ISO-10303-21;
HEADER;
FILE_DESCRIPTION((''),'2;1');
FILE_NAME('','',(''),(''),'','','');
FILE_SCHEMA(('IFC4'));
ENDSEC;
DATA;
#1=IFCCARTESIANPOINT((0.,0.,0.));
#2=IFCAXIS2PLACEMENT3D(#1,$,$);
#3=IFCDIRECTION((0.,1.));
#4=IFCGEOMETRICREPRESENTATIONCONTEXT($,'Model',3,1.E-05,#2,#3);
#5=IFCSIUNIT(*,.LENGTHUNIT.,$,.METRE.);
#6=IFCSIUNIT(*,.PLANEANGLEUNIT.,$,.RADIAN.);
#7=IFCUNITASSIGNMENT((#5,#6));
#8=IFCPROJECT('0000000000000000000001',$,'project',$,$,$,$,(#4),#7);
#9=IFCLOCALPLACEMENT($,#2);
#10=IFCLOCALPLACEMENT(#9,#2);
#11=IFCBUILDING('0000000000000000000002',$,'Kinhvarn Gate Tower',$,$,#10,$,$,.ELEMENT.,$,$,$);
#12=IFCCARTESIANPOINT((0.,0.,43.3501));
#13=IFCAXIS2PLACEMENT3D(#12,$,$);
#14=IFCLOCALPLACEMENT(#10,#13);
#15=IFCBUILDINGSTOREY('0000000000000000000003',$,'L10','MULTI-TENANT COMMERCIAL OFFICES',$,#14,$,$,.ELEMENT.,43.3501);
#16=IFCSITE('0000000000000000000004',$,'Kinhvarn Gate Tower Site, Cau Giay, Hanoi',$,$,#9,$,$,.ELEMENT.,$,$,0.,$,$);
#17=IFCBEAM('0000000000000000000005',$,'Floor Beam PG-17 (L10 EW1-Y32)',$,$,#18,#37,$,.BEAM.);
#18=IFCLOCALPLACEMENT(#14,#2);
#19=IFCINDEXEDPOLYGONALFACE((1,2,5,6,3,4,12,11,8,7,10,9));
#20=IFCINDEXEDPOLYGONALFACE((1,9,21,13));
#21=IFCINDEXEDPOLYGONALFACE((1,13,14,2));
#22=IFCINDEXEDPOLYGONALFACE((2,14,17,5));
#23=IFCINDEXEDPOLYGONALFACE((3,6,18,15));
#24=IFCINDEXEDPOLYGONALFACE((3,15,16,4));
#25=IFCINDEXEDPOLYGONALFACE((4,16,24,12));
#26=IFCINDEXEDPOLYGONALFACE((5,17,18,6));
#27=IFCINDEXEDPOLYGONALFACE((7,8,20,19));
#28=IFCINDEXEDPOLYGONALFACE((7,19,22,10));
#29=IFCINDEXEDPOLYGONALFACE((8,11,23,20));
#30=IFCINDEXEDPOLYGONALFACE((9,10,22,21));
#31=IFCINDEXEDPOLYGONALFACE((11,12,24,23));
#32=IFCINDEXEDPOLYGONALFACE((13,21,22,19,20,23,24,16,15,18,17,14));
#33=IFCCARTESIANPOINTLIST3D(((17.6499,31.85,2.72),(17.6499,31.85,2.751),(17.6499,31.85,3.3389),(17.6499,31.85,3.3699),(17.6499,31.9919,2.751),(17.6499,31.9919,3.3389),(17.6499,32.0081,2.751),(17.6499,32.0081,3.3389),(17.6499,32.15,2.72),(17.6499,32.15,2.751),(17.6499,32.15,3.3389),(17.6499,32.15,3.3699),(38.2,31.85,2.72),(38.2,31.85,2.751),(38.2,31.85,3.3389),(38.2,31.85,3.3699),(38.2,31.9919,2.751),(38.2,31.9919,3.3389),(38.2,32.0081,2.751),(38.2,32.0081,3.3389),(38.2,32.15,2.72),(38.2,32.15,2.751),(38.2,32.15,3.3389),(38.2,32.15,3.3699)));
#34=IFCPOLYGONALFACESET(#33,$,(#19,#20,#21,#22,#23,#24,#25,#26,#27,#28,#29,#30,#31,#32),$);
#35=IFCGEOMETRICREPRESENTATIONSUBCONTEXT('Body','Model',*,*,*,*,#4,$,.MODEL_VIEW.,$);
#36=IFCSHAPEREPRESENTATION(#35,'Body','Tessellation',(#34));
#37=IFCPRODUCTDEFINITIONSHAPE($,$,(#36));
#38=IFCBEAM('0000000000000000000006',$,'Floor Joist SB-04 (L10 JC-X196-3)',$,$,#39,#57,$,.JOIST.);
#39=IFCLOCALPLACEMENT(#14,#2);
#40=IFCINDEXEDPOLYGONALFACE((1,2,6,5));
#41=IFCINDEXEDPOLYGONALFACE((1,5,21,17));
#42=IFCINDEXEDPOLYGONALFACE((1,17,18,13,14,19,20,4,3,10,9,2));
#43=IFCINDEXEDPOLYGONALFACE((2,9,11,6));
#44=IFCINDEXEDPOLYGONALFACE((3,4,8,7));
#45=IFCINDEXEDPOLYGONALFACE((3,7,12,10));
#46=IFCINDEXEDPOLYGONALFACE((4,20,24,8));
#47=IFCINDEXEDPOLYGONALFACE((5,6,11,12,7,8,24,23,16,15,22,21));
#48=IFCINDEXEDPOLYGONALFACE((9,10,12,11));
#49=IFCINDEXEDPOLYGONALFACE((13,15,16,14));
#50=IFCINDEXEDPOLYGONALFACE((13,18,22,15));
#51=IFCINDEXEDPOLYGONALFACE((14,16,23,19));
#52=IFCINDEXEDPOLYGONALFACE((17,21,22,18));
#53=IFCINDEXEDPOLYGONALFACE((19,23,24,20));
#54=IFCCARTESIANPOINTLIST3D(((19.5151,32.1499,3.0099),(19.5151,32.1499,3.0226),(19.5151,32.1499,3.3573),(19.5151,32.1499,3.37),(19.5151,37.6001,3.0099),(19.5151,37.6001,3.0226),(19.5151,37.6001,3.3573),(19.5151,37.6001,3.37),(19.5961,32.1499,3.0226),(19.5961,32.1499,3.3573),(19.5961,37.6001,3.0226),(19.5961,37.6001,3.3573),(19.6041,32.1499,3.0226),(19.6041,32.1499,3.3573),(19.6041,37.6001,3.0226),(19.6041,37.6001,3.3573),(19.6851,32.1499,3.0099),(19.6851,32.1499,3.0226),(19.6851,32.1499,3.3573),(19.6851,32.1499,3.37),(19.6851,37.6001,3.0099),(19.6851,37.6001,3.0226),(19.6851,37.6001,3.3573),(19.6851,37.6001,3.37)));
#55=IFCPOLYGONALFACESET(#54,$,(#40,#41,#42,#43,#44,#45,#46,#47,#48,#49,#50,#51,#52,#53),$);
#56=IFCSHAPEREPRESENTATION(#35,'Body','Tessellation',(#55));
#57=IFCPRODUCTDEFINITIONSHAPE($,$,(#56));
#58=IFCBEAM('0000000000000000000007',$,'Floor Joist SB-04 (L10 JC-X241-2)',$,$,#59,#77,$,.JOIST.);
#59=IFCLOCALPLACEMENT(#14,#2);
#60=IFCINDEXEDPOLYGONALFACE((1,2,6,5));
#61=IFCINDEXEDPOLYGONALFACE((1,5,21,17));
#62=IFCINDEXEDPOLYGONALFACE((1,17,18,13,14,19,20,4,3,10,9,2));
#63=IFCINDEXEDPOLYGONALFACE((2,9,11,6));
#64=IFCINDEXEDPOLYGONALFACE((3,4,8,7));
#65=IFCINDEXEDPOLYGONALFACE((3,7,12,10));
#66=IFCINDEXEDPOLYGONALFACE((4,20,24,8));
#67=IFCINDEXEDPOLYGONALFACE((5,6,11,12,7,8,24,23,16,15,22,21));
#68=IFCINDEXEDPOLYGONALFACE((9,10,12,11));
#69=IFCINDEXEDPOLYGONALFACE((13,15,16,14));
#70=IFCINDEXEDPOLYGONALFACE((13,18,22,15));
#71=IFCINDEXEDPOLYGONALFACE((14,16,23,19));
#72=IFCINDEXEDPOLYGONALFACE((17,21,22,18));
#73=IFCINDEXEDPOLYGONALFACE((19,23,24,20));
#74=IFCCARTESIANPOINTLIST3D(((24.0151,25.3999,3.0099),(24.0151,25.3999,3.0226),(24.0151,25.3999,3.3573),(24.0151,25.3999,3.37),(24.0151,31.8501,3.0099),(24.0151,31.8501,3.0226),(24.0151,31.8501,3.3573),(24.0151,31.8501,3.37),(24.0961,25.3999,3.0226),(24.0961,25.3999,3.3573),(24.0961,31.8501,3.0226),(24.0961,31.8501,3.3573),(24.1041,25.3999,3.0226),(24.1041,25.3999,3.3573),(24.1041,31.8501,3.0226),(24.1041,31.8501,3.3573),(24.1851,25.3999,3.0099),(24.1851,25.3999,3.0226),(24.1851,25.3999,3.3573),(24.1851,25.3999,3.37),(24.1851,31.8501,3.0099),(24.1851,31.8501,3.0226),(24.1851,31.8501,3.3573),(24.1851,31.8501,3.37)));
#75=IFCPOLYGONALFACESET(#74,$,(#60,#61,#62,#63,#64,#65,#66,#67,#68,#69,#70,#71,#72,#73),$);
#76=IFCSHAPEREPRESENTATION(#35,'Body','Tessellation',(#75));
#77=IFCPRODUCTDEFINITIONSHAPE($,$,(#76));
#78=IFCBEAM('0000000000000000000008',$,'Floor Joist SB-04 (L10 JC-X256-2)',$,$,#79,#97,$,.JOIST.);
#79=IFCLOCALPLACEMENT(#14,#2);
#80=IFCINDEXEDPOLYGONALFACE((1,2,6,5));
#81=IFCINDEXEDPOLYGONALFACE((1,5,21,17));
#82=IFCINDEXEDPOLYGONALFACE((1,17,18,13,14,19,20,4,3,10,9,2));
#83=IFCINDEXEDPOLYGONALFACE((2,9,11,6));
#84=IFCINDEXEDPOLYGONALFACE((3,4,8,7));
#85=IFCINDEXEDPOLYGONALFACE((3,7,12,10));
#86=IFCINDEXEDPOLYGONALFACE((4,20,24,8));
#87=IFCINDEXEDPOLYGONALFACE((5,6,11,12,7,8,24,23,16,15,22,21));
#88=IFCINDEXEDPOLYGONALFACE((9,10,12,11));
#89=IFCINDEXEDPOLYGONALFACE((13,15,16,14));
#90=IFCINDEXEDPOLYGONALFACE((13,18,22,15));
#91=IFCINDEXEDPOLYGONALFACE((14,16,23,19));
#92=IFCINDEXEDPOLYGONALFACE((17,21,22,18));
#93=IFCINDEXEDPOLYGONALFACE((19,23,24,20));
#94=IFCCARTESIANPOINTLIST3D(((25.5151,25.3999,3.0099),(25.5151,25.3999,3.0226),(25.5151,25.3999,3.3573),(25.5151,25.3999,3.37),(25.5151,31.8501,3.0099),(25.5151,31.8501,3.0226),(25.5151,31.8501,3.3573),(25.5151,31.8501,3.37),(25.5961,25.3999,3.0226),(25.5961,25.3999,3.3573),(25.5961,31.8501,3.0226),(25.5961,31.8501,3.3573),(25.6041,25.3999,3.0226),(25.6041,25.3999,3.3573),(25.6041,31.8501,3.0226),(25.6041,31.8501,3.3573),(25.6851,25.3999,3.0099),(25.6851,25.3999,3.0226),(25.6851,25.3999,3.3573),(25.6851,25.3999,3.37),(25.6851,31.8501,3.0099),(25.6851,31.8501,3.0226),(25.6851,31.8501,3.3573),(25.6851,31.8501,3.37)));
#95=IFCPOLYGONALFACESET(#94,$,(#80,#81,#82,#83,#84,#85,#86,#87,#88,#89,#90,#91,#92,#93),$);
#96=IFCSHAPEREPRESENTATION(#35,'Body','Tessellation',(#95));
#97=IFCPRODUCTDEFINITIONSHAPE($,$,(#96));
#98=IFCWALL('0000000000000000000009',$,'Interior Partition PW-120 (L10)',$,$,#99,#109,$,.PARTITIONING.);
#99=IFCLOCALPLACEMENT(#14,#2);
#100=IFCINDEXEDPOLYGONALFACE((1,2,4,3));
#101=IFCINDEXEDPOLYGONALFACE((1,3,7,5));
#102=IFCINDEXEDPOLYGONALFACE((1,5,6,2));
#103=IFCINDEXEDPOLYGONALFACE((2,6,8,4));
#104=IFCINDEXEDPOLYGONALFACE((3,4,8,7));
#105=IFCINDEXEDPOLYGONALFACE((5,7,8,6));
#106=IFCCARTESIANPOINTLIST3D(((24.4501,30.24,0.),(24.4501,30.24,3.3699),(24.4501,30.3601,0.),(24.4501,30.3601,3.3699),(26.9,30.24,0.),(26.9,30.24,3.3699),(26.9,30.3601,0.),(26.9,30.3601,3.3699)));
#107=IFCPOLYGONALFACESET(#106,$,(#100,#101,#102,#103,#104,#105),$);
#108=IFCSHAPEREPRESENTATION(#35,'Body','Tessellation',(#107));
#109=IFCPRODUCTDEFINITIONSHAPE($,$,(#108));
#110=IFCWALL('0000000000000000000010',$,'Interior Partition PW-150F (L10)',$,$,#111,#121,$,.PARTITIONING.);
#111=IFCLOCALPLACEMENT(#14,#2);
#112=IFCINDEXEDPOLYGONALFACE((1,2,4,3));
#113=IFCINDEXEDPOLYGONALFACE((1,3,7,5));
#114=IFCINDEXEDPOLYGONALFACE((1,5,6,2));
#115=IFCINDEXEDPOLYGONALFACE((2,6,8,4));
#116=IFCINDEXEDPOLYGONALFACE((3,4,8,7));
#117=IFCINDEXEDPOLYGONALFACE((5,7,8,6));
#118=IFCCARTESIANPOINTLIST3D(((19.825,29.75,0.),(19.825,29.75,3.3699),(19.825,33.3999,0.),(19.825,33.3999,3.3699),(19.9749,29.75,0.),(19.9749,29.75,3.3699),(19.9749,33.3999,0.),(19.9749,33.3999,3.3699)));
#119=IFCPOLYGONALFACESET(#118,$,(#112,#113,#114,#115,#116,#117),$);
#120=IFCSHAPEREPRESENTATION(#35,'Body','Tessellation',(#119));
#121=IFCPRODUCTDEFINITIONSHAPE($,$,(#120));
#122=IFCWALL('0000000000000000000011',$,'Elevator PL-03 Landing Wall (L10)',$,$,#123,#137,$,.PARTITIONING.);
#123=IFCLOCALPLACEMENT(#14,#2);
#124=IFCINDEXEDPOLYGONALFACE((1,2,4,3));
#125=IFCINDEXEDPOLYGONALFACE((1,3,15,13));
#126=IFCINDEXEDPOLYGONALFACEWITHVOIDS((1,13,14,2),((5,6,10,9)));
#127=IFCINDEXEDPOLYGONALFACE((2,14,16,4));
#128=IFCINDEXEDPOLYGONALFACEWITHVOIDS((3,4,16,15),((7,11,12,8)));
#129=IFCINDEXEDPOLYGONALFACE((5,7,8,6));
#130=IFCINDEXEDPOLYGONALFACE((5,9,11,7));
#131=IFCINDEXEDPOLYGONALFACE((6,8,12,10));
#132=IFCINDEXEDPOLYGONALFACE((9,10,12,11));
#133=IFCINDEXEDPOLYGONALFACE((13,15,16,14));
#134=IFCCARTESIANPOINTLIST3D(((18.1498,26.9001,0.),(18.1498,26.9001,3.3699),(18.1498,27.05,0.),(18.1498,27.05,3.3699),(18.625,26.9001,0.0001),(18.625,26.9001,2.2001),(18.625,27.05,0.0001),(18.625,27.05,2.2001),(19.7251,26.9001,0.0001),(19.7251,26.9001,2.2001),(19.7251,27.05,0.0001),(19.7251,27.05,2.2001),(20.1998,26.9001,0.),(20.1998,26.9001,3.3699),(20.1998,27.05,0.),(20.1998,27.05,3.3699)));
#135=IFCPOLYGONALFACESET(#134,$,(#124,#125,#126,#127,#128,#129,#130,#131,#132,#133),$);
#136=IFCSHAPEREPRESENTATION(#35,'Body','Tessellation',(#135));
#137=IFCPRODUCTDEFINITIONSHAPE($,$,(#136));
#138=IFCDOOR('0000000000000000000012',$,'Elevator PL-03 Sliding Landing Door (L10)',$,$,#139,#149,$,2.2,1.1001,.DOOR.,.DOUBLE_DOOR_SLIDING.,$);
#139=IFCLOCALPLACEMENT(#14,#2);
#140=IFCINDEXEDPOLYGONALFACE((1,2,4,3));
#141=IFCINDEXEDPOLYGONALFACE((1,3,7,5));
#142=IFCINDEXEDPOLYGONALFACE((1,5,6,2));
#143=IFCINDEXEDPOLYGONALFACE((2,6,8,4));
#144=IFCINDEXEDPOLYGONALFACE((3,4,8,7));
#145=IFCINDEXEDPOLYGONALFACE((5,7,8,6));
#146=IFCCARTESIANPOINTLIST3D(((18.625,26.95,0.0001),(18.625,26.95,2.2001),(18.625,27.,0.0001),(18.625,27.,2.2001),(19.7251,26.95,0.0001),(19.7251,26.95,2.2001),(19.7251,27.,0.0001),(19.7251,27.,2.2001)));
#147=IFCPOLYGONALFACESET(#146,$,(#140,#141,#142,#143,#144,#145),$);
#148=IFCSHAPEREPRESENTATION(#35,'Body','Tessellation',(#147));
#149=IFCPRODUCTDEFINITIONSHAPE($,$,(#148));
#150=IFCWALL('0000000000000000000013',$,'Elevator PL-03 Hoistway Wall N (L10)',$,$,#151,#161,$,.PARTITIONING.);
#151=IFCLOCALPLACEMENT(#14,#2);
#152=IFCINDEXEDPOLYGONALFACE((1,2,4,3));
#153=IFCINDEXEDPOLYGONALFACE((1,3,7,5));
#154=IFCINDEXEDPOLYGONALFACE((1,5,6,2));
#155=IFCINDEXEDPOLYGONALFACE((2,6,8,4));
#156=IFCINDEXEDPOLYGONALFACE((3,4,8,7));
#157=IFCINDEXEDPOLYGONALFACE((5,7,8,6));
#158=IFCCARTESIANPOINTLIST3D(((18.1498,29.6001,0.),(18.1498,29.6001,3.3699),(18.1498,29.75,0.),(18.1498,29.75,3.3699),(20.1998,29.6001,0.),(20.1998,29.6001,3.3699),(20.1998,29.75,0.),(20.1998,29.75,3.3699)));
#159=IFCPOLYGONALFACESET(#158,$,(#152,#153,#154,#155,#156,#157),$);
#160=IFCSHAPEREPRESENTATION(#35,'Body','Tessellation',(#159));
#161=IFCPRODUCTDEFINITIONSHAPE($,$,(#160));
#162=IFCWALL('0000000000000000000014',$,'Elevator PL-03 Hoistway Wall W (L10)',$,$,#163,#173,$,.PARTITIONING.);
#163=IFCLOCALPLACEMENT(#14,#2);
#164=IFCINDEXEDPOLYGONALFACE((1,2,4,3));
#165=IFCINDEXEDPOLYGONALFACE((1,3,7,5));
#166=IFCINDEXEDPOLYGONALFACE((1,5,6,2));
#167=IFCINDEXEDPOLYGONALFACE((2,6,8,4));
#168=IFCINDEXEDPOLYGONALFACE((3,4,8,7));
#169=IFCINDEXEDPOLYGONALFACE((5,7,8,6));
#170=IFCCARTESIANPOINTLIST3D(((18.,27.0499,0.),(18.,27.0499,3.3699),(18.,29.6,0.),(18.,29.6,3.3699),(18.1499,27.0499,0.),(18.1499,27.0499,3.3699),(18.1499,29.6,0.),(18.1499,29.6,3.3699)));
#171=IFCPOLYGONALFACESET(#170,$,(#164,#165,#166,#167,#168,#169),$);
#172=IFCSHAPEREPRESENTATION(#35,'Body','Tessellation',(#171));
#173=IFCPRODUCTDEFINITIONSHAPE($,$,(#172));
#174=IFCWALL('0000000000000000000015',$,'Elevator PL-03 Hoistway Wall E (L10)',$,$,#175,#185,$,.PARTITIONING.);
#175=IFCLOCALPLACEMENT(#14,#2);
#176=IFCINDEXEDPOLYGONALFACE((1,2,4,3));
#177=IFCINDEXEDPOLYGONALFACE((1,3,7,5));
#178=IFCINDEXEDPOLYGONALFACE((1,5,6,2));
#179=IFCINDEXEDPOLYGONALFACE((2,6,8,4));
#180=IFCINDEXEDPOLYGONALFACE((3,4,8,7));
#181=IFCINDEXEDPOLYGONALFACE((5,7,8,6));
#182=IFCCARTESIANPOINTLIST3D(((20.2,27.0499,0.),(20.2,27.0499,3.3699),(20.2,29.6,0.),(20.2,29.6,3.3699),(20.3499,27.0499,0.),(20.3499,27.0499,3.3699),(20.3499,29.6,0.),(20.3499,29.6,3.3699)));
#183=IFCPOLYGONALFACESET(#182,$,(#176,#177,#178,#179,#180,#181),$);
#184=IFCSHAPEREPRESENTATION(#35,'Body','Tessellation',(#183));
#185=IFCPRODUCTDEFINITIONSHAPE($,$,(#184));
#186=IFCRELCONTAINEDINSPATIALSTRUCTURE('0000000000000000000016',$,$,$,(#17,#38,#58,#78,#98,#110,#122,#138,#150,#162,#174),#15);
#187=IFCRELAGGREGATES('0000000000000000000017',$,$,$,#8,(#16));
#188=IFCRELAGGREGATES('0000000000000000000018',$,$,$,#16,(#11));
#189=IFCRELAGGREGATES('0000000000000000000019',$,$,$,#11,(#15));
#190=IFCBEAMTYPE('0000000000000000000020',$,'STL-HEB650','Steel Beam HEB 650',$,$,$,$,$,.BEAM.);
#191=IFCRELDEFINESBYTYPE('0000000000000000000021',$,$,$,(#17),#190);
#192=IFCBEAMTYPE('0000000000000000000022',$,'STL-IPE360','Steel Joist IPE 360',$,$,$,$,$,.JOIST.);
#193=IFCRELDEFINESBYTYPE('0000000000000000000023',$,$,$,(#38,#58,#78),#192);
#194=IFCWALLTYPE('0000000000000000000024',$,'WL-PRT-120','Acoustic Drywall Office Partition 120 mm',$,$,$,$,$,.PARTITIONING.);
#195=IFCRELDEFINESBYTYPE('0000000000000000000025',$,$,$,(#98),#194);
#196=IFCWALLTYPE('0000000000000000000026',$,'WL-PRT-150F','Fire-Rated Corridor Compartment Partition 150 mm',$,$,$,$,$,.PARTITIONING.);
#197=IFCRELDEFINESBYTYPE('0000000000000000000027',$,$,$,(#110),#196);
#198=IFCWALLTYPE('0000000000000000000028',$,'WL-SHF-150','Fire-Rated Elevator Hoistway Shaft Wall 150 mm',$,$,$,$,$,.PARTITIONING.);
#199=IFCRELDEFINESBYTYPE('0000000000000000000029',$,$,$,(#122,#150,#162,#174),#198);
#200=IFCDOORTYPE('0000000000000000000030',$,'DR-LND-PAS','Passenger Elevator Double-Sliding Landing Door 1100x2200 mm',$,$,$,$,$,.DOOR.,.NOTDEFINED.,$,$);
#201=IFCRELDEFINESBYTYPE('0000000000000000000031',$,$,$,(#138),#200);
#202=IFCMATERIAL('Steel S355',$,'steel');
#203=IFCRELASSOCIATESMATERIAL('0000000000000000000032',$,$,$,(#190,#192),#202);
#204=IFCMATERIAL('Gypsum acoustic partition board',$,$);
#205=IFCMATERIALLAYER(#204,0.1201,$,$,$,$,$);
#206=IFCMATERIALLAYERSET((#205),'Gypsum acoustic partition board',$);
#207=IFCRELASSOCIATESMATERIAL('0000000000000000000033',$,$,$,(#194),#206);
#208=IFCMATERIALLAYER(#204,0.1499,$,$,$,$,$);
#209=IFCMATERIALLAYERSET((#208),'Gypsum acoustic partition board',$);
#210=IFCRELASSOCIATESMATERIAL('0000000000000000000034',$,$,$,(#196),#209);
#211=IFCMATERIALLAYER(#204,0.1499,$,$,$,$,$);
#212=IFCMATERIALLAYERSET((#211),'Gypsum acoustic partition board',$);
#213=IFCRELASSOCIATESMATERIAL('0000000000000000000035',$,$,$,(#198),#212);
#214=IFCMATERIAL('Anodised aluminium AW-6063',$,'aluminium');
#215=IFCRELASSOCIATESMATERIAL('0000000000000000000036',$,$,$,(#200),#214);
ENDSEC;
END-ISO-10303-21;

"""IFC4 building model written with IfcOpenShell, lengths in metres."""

from ifc_helpers import new_model, si_unit, direction, frame, frame_2d, origin, origin_2d, place, context, subcontext, project, spatial, rectangle, i_section, extrude, material, layer, layer_set, material_profile, profile_set, type_object, element, fill, save


model = new_model("IFC4")

# Units and contexts
model_context = context("Model", 3, precision=1e-05, world=origin(), true_north=direction((0.0, 1.0)))
body_context = subcontext(model_context, "Body", "Model", "MODEL_VIEW")
ifc_project = project(units=[si_unit("LENGTHUNIT", "METRE"), si_unit("PLANEANGLEUNIT", "RADIAN")], contexts=[model_context])

# Site, building, storey
site_placement = place(None, origin())
site = spatial("IfcSite", under=ifc_project, at=site_placement, Name="Kinhvarn Gate Tower Site, Cau Giay, Hanoi", CompositionType="ELEMENT", RefElevation=0.0)
building_placement = place(site_placement, origin())
building = spatial("IfcBuilding", under=site, at=building_placement, Name="Kinhvarn Gate Tower", CompositionType="ELEMENT")
storey_placement = place(building_placement, frame((0.0, 0.0, 43.3501)))
storey = spatial("IfcBuildingStorey", under=building, at=storey_placement, Name="L10", Description="MULTI-TENANT COMMERCIAL OFFICES", CompositionType="ELEMENT", Elevation=43.3501)

# Beams
ifc_material_1 = material(Name="Steel S355", Category="steel")
ifc_material_profile_1 = material_profile(ifc_material_1, i_section(OverallWidth=0.3, OverallDepth=0.6499, WebThickness=0.0161, FlangeThickness=0.031, at=origin_2d()), Name="HEB 650")
ifc_profile_set_1 = profile_set([ifc_material_profile_1], Name="Steel S355")
beam_type_1 = type_object("IfcBeamType", Name="STL-HEB650", Description="Steel Beam HEB 650", PredefinedType="BEAM", material=ifc_profile_set_1)
beam_1_placement = place(storey_placement, frame((17.6499, 32.0, 3.0449), z_axis=(1.0, 0.0, 0.0), x_axis=(0.0, 1.0, 0.0)))
element("IfcBeam", 1, at=beam_1_placement, inside=storey, type_object=beam_type_1, Name="Floor Beam PG-17 (L10 EW1-Y32)", PredefinedType="BEAM", context=body_context, shape_type="SweptSolid", body=[
    extrude(i_section(OverallWidth=0.3, OverallDepth=0.6499, WebThickness=0.0161, FlangeThickness=0.031, at=origin_2d()), origin(), (0.0, 0.0, 1.0), 20.55),
])
ifc_material_profile_2 = material_profile(ifc_material_1, i_section(OverallWidth=0.1699, OverallDepth=0.3601, WebThickness=0.0081, FlangeThickness=0.0127, at=origin_2d()), Name="IPE 360")
ifc_profile_set_2 = profile_set([ifc_material_profile_2], Name="Steel S355")
beam_type_2 = type_object("IfcBeamType", Name="STL-IPE360", Description="Steel Joist IPE 360", PredefinedType="JOIST", material=ifc_profile_set_2)
beam_2_placement = place(storey_placement, frame((19.6001, 32.1499, 3.1899), z_axis=(0.0, 1.0, 0.0), x_axis=(-1.0, 0.0, 0.0)))
element("IfcBeam", 2, at=beam_2_placement, inside=storey, type_object=beam_type_2, Name="Floor Joist SB-04 (L10 JC-X196-3)", PredefinedType="JOIST", context=body_context, shape_type="SweptSolid", body=[
    extrude(i_section(OverallWidth=0.1699, OverallDepth=0.3601, WebThickness=0.0081, FlangeThickness=0.0127, at=origin_2d()), origin(), (0.0, 0.0, 1.0), 5.4502),
])
for number, where, z_axis, x_axis, name in (
    (3, (24.1001, 25.3999, 3.1899), (0.0, 1.0, 0.0), (-1.0, 0.0, 0.0), "Floor Joist SB-04 (L10 JC-X241-2)"),
    (4, (25.6001, 25.3999, 3.1899), (0.0, 1.0, 0.0), (-1.0, 0.0, 0.0), "Floor Joist SB-04 (L10 JC-X256-2)"),
):
    element("IfcBeam", number, at=place(storey_placement, frame(where, z_axis=z_axis, x_axis=x_axis)), inside=storey, type_object=beam_type_2, Name=name, PredefinedType="JOIST", context=body_context, shape_type="SweptSolid", body=[
        extrude(i_section(OverallWidth=0.1699, OverallDepth=0.3601, WebThickness=0.0081, FlangeThickness=0.0127, at=origin_2d()), origin(), (0.0, 0.0, 1.0), 6.4502),
    ])

# Wall
ifc_material_2 = material(Name="Gypsum acoustic partition board")
ifc_layer_1 = layer(ifc_material_2, 0.1201)
ifc_layer_set_1 = layer_set([ifc_layer_1], Name="Gypsum acoustic partition board")
wall_type_1 = type_object("IfcWallType", Name="WL-PRT-120", Description="Acoustic Drywall Office Partition 120 mm", PredefinedType="PARTITIONING", material=ifc_layer_set_1)
wall_1_placement = place(storey_placement, frame((24.45, 30.3, 0.0), z_axis=(0.0, 0.0, 1.0), x_axis=(1.0, 0.0, 0.0)))
element("IfcWall", 5, at=wall_1_placement, inside=storey, type_object=wall_type_1, Name="Interior Partition PW-120 (L10)", PredefinedType="PARTITIONING", context=body_context, shape_type="SweptSolid", body=[
    extrude(rectangle(XDim=2.45, YDim=0.1201, at=frame_2d((1.2251, 0.0))), origin(), (0.0, 0.0, 1.0), 3.3699),
])

# Shared definitions
ifc_layer_2 = layer(ifc_material_2, 0.1499)
ifc_layer_set_2 = layer_set([ifc_layer_2], Name="Gypsum acoustic partition board")
wall_type_2 = type_object("IfcWallType", Name="WL-PRT-150F", Description="Fire-Rated Corridor Compartment Partition 150 mm", PredefinedType="PARTITIONING", material=ifc_layer_set_2)
ifc_material_3 = material(Name="Anodised aluminium AW-6063", Category="aluminium")

# Wall
wall_2_placement = place(storey_placement, frame((19.8999, 29.75, 0.0), z_axis=(0.0, 0.0, 1.0), x_axis=(0.0, 1.0, 0.0)))
element("IfcWall", 6, at=wall_2_placement, inside=storey, type_object=wall_type_2, Name="Interior Partition PW-150F (L10)", PredefinedType="PARTITIONING", context=body_context, shape_type="SweptSolid", body=[
    extrude(rectangle(XDim=3.6499, YDim=0.1499, at=frame_2d((1.825, 0.0))), origin(), (0.0, 0.0, 1.0), 3.3699),
])

# Wall, opening, door
ifc_layer_3 = layer(ifc_material_2, 0.1499)
ifc_layer_set_3 = layer_set([ifc_layer_3], Name="Gypsum acoustic partition board")
wall_type_3 = type_object("IfcWallType", Name="WL-SHF-150", Description="Fire-Rated Elevator Hoistway Shaft Wall 150 mm", PredefinedType="PARTITIONING", material=ifc_layer_set_3)
wall_3_placement = place(storey_placement, frame((18.1499, 26.9751, 0.0), z_axis=(0.0, 0.0, 1.0), x_axis=(1.0, 0.0, 0.0)))
wall_3 = element("IfcWall", 7, at=wall_3_placement, inside=storey, type_object=wall_type_3, Name="Elevator PL-03 Landing Wall (L10)", PredefinedType="PARTITIONING", context=body_context, shape_type="SweptSolid", body=[
    extrude(rectangle(XDim=2.05, YDim=0.1499, at=frame_2d((1.0249, 0.0))), origin(), (0.0, 0.0, 1.0), 3.3699),
])
opening_1_placement = place(wall_3_placement, frame((0.4751, 0.0, 0.0)))
opening_1 = element("IfcOpeningElement", 8, at=opening_1_placement, cuts=wall_3, PredefinedType="OPENING", context=body_context, shape_type="SweptSolid", body=[
    extrude(rectangle(XDim=1.1001, YDim=2.2, at=frame_2d((0.55, 1.1001))), frame((0.0, 0.085, 0.0), z_axis=(0.0, -1.0, 0.0), x_axis=(1.0, 0.0, 0.0)), (0.0, 0.0, 1.0), 0.1699),
])
door_type_1 = type_object("IfcDoorType", Name="DR-LND-PAS", Description="Passenger Elevator Double-Sliding Landing Door 1100x2200 mm", OperationType="NOTDEFINED", PredefinedType="DOOR", material=ifc_material_3)
door_1_placement = place(opening_1_placement, origin())
door_1 = element("IfcDoor", 9, at=door_1_placement, inside=storey, type_object=door_type_1, Name="Elevator PL-03 Sliding Landing Door (L10)", OperationType="DOUBLE_DOOR_SLIDING", OverallHeight=2.2, OverallWidth=1.1001, PredefinedType="DOOR", context=body_context, shape_type="SweptSolid", body=[
    extrude(rectangle(XDim=1.1001, YDim=2.2, at=frame_2d((0.55, 1.1001))), frame((0.0, 0.0249, 0.0), z_axis=(0.0, -1.0, 0.0), x_axis=(1.0, 0.0, 0.0)), (0.0, 0.0, 1.0), 0.05),
])
fill(opening_1, door_1)

# Walls
wall_4_placement = place(storey_placement, frame((18.1499, 29.675, 0.0), z_axis=(0.0, 0.0, 1.0), x_axis=(1.0, 0.0, 0.0)))
element("IfcWall", 10, at=wall_4_placement, inside=storey, type_object=wall_type_3, Name="Elevator PL-03 Hoistway Wall N (L10)", PredefinedType="PARTITIONING", context=body_context, shape_type="SweptSolid", body=[
    extrude(rectangle(XDim=2.05, YDim=0.1499, at=frame_2d((1.0249, 0.0))), origin(), (0.0, 0.0, 1.0), 3.3699),
])
for number, where, z_axis, x_axis, name in (
    (11, (18.075, 27.05, 0.0), (0.0, 0.0, 1.0), (0.0, 1.0, 0.0), "Elevator PL-03 Hoistway Wall W (L10)"),
    (12, (20.2749, 27.05, 0.0), (0.0, 0.0, 1.0), (0.0, 1.0, 0.0), "Elevator PL-03 Hoistway Wall E (L10)"),
):
    element("IfcWall", number, at=place(storey_placement, frame(where, z_axis=z_axis, x_axis=x_axis)), inside=storey, type_object=wall_type_3, Name=name, PredefinedType="PARTITIONING", context=body_context, shape_type="SweptSolid", body=[
        extrude(rectangle(XDim=2.55, YDim=0.1499, at=frame_2d((1.2749, 0.0))), origin(), (0.0, 0.0, 1.0), 3.3699),
    ])

save(model, "model.ifc")
